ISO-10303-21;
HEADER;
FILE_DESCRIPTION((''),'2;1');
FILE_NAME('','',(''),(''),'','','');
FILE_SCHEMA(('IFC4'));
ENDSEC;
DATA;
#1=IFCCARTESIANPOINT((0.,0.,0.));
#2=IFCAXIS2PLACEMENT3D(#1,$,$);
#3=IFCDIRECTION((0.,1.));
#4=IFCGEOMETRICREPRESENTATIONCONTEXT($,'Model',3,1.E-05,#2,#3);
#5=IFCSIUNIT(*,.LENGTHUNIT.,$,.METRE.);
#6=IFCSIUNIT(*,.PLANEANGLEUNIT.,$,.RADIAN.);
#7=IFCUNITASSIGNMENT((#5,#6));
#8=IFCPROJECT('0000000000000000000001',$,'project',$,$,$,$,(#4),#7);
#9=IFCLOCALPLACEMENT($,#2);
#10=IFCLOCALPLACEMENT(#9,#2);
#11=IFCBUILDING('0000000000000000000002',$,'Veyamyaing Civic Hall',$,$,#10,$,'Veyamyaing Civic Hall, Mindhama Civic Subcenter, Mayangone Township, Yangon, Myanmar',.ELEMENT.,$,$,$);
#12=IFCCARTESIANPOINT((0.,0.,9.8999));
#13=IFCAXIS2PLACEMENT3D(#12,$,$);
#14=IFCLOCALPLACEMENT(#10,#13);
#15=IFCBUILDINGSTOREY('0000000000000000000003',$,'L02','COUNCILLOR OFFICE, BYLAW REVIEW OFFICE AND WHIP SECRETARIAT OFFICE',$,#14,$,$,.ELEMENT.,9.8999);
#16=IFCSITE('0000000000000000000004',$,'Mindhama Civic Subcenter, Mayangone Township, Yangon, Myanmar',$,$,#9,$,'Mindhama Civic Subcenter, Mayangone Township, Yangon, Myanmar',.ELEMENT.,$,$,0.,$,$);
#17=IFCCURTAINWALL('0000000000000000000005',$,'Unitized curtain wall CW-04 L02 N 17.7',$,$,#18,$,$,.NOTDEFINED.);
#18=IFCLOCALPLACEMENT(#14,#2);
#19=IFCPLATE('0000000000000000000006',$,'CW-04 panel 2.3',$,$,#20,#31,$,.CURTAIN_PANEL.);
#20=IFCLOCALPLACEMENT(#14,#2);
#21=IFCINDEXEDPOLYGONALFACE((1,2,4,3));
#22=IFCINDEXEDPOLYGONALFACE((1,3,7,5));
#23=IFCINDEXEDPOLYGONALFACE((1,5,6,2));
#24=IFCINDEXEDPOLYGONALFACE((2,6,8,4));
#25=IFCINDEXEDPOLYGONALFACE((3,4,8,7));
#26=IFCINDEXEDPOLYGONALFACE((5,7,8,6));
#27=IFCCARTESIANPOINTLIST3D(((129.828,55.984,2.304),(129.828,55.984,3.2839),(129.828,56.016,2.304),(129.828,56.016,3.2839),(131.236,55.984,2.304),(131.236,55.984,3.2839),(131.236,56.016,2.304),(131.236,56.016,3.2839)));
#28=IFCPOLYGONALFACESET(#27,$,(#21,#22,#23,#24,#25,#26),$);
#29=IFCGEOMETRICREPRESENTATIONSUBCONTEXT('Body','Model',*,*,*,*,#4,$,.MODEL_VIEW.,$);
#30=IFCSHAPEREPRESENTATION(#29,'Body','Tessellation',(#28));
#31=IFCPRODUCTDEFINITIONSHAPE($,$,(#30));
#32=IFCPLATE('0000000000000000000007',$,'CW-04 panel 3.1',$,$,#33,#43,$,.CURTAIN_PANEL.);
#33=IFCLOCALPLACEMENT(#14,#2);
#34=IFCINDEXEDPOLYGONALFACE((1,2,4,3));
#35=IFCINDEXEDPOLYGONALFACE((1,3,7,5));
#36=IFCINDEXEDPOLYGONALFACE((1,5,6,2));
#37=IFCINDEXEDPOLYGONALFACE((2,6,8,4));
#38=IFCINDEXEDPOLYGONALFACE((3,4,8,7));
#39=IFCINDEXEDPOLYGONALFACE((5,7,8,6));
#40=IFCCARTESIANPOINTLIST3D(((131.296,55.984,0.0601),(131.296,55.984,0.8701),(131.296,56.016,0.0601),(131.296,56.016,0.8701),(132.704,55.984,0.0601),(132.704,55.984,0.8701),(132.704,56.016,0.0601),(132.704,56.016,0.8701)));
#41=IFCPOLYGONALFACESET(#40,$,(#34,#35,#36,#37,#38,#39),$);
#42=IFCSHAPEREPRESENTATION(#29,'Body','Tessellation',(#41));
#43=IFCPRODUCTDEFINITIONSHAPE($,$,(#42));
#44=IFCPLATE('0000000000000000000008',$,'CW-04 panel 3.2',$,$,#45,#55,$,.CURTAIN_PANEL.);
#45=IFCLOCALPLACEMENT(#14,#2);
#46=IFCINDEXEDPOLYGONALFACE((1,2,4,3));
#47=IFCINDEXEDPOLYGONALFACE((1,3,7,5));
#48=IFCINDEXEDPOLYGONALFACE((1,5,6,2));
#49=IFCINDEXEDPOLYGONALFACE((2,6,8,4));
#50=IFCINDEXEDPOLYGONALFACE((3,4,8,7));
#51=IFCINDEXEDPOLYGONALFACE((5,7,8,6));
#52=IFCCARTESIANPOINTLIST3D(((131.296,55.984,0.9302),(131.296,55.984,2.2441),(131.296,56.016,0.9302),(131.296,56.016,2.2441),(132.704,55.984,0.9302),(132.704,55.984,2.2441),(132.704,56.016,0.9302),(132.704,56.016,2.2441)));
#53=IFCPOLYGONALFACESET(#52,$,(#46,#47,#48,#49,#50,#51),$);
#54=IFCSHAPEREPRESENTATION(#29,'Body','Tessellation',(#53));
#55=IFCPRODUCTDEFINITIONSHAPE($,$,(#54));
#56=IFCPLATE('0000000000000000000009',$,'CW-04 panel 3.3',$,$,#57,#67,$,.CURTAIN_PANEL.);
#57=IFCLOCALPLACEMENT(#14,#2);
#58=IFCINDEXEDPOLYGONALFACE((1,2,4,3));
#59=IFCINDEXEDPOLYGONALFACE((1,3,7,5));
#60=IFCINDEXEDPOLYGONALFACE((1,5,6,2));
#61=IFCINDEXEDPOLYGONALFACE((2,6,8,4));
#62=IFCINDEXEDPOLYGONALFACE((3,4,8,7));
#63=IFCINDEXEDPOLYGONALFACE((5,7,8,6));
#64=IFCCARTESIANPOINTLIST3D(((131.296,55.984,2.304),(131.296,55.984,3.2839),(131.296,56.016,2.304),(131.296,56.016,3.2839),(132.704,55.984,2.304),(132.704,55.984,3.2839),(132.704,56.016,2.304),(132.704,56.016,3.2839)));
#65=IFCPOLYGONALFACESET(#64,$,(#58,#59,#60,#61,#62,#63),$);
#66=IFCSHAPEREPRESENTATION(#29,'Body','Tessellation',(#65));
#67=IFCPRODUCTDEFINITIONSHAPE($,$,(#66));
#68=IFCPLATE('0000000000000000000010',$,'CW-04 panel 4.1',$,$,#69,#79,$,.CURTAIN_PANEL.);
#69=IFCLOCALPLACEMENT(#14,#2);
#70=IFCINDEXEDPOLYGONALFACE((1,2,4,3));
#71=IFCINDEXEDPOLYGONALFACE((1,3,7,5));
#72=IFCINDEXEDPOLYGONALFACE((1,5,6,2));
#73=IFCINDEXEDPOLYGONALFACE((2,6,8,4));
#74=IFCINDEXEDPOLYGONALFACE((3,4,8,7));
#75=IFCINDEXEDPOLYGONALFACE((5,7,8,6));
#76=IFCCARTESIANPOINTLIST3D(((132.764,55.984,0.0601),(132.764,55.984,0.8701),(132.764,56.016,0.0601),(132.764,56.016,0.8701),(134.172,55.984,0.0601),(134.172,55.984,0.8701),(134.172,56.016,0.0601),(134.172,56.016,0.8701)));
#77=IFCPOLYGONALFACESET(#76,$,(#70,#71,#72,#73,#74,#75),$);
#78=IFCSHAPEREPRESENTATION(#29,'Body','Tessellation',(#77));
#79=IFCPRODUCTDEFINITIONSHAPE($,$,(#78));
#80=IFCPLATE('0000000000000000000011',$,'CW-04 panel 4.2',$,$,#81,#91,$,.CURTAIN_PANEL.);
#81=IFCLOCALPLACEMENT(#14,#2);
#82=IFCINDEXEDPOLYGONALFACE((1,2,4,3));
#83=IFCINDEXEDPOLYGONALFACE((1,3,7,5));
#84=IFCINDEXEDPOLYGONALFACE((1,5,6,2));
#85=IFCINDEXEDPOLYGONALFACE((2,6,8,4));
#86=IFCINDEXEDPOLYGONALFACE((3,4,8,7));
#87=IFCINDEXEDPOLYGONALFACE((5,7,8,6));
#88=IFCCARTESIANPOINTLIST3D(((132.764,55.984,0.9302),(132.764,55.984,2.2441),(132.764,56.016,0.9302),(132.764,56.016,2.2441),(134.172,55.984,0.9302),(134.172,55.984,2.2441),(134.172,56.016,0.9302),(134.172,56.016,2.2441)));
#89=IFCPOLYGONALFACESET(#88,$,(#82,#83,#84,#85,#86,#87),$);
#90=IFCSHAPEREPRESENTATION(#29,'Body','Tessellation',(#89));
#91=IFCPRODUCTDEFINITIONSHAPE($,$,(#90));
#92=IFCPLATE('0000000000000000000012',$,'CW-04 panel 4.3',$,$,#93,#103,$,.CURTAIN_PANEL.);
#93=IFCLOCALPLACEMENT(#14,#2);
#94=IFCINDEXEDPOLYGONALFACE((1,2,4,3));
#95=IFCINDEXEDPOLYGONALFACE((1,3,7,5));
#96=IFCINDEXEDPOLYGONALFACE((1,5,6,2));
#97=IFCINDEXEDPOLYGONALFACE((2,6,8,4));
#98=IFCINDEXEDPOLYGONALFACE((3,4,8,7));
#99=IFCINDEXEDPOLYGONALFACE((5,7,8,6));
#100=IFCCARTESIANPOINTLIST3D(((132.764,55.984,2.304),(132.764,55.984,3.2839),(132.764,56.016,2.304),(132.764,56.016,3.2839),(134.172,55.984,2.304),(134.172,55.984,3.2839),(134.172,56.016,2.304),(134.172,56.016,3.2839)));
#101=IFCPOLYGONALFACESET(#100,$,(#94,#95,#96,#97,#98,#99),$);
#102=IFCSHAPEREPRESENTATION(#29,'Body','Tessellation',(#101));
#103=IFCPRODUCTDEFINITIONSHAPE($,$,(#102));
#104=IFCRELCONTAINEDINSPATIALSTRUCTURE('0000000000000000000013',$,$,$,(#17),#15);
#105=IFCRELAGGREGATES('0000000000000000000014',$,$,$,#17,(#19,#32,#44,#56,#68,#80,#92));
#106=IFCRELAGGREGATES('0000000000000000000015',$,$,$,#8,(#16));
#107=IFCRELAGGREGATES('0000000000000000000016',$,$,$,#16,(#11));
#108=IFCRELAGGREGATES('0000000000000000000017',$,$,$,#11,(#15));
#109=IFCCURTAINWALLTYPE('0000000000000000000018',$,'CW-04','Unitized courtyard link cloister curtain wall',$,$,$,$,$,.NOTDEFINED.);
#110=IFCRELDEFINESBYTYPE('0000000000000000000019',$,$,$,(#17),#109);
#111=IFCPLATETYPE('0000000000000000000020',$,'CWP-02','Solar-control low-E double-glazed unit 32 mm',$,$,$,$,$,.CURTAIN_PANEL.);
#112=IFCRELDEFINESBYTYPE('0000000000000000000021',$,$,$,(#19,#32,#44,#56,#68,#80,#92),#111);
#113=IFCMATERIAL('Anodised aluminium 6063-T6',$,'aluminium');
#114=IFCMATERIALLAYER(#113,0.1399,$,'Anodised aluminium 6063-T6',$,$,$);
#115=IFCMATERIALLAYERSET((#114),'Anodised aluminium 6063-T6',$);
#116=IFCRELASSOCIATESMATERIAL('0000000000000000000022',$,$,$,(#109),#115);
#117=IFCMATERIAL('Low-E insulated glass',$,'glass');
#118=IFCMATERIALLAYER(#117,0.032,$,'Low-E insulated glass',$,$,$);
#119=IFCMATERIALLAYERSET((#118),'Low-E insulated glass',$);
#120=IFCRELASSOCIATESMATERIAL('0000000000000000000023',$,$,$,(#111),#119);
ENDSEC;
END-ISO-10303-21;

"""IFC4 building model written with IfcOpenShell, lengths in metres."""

from ifc_helpers import new_model, si_unit, direction, frame, origin, origin_2d, place, context, subcontext, project, spatial, rectangle, extrude, material, layer, layer_set, type_object, element, aggregate, save


model = new_model("IFC4")

# Units and contexts
model_context = context("Model", 3, precision=1e-05, world=origin(), true_north=direction((0.0, 1.0)))
body_context = subcontext(model_context, "Body", "Model", "MODEL_VIEW")
ifc_project = project(units=[si_unit("LENGTHUNIT", "METRE"), si_unit("PLANEANGLEUNIT", "RADIAN")], contexts=[model_context])

# Site, building, storey
site_placement = place(None, origin())
site = spatial("IfcSite", under=ifc_project, at=site_placement, Name="Mindhama Civic Subcenter, Mayangone Township, Yangon, Myanmar", LongName="Mindhama Civic Subcenter, Mayangone Township, Yangon, Myanmar", CompositionType="ELEMENT", RefElevation=0.0)
building_placement = place(site_placement, origin())
building = spatial("IfcBuilding", under=site, at=building_placement, Name="Veyamyaing Civic Hall", LongName="Veyamyaing Civic Hall, Mindhama Civic Subcenter, Mayangone Township, Yangon, Myanmar", CompositionType="ELEMENT")
storey_placement = place(building_placement, frame((0.0, 0.0, 9.8999)))
storey = spatial("IfcBuildingStorey", under=building, at=storey_placement, Name="L02", Description="COUNCILLOR OFFICE, BYLAW REVIEW OFFICE AND WHIP SECRETARIAT OFFICE", CompositionType="ELEMENT", Elevation=9.8999)

# Curtain wall, plates
ifc_material_1 = material(Name="Anodised aluminium 6063-T6", Category="aluminium")
ifc_layer_1 = layer(ifc_material_1, 0.1399, Name="Anodised aluminium 6063-T6")
ifc_layer_set_1 = layer_set([ifc_layer_1], Name="Anodised aluminium 6063-T6")
curtain_wall_type = type_object("IfcCurtainWallType", Name="CW-04", Description="Unitized courtyard link cloister curtain wall", PredefinedType="NOTDEFINED", material=ifc_layer_set_1)
curtain_wall_placement = place(storey_placement, origin())
curtain_wall = element("IfcCurtainWall", 1, at=curtain_wall_placement, inside=storey, type_object=curtain_wall_type, Name="Unitized curtain wall CW-04 L02 N 17.7", PredefinedType="NOTDEFINED")
ifc_material_2 = material(Name="Low-E insulated glass", Category="glass")
ifc_layer_2 = layer(ifc_material_2, 0.032, Name="Low-E insulated glass")
ifc_layer_set_2 = layer_set([ifc_layer_2], Name="Low-E insulated glass")
plate_type = type_object("IfcPlateType", Name="CWP-02", Description="Solar-control low-E double-glazed unit 32 mm", PredefinedType="CURTAIN_PANEL", material=ifc_layer_set_2)
plate_1_placement = place(storey_placement, frame((130.532, 56.0, 2.304), z_axis=(0.0, 0.0, 1.0), x_axis=(1.0, 0.0, 0.0)))
plate_1 = element("IfcPlate", 2, at=plate_1_placement, type_object=plate_type, Name="CW-04 panel 2.3", PredefinedType="CURTAIN_PANEL", context=body_context, shape_type="SweptSolid", body=[
    extrude(rectangle(XDim=1.408, YDim=0.032, at=origin_2d()), origin(), (0.0, 0.0, 1.0), 0.98),
])
plate_2_placement = place(storey_placement, frame((132.0, 56.0, 0.0601), z_axis=(0.0, 0.0, 1.0), x_axis=(1.0, 0.0, 0.0)))
plate_2 = element("IfcPlate", 3, at=plate_2_placement, type_object=plate_type, Name="CW-04 panel 3.1", PredefinedType="CURTAIN_PANEL", context=body_context, shape_type="SweptSolid", body=[
    extrude(rectangle(XDim=1.408, YDim=0.032, at=origin_2d()), origin(), (0.0, 0.0, 1.0), 0.8101),
])
plate_3_placement = place(storey_placement, frame((132.0, 56.0, 0.9302), z_axis=(0.0, 0.0, 1.0), x_axis=(1.0, 0.0, 0.0)))
plate_3 = element("IfcPlate", 4, at=plate_3_placement, type_object=plate_type, Name="CW-04 panel 3.2", PredefinedType="CURTAIN_PANEL", context=body_context, shape_type="SweptSolid", body=[
    extrude(rectangle(XDim=1.408, YDim=0.032, at=origin_2d()), origin(), (0.0, 0.0, 1.0), 1.314),
])
plate_4_placement = place(storey_placement, frame((132.0, 56.0, 2.304), z_axis=(0.0, 0.0, 1.0), x_axis=(1.0, 0.0, 0.0)))
plate_4 = element("IfcPlate", 5, at=plate_4_placement, type_object=plate_type, Name="CW-04 panel 3.3", PredefinedType="CURTAIN_PANEL", context=body_context, shape_type="SweptSolid", body=[
    extrude(rectangle(XDim=1.408, YDim=0.032, at=origin_2d()), origin(), (0.0, 0.0, 1.0), 0.98),
])
plate_5_placement = place(storey_placement, frame((133.468, 56.0, 0.0601), z_axis=(0.0, 0.0, 1.0), x_axis=(1.0, 0.0, 0.0)))
plate_5 = element("IfcPlate", 6, at=plate_5_placement, type_object=plate_type, Name="CW-04 panel 4.1", PredefinedType="CURTAIN_PANEL", context=body_context, shape_type="SweptSolid", body=[
    extrude(rectangle(XDim=1.408, YDim=0.032, at=origin_2d()), origin(), (0.0, 0.0, 1.0), 0.8101),
])
plate_6_placement = place(storey_placement, frame((133.468, 56.0, 0.9302), z_axis=(0.0, 0.0, 1.0), x_axis=(1.0, 0.0, 0.0)))
plate_6 = element("IfcPlate", 7, at=plate_6_placement, type_object=plate_type, Name="CW-04 panel 4.2", PredefinedType="CURTAIN_PANEL", context=body_context, shape_type="SweptSolid", body=[
    extrude(rectangle(XDim=1.408, YDim=0.032, at=origin_2d()), origin(), (0.0, 0.0, 1.0), 1.314),
])
plate_7_placement = place(storey_placement, frame((133.468, 56.0, 2.304), z_axis=(0.0, 0.0, 1.0), x_axis=(1.0, 0.0, 0.0)))
plate_7 = element("IfcPlate", 8, at=plate_7_placement, type_object=plate_type, Name="CW-04 panel 4.3", PredefinedType="CURTAIN_PANEL", context=body_context, shape_type="SweptSolid", body=[
    extrude(rectangle(XDim=1.408, YDim=0.032, at=origin_2d()), origin(), (0.0, 0.0, 1.0), 0.98),
])
aggregate(curtain_wall, [plate_1, plate_2, plate_3, plate_4, plate_5, plate_6, plate_7])

save(model, "model.ifc")
